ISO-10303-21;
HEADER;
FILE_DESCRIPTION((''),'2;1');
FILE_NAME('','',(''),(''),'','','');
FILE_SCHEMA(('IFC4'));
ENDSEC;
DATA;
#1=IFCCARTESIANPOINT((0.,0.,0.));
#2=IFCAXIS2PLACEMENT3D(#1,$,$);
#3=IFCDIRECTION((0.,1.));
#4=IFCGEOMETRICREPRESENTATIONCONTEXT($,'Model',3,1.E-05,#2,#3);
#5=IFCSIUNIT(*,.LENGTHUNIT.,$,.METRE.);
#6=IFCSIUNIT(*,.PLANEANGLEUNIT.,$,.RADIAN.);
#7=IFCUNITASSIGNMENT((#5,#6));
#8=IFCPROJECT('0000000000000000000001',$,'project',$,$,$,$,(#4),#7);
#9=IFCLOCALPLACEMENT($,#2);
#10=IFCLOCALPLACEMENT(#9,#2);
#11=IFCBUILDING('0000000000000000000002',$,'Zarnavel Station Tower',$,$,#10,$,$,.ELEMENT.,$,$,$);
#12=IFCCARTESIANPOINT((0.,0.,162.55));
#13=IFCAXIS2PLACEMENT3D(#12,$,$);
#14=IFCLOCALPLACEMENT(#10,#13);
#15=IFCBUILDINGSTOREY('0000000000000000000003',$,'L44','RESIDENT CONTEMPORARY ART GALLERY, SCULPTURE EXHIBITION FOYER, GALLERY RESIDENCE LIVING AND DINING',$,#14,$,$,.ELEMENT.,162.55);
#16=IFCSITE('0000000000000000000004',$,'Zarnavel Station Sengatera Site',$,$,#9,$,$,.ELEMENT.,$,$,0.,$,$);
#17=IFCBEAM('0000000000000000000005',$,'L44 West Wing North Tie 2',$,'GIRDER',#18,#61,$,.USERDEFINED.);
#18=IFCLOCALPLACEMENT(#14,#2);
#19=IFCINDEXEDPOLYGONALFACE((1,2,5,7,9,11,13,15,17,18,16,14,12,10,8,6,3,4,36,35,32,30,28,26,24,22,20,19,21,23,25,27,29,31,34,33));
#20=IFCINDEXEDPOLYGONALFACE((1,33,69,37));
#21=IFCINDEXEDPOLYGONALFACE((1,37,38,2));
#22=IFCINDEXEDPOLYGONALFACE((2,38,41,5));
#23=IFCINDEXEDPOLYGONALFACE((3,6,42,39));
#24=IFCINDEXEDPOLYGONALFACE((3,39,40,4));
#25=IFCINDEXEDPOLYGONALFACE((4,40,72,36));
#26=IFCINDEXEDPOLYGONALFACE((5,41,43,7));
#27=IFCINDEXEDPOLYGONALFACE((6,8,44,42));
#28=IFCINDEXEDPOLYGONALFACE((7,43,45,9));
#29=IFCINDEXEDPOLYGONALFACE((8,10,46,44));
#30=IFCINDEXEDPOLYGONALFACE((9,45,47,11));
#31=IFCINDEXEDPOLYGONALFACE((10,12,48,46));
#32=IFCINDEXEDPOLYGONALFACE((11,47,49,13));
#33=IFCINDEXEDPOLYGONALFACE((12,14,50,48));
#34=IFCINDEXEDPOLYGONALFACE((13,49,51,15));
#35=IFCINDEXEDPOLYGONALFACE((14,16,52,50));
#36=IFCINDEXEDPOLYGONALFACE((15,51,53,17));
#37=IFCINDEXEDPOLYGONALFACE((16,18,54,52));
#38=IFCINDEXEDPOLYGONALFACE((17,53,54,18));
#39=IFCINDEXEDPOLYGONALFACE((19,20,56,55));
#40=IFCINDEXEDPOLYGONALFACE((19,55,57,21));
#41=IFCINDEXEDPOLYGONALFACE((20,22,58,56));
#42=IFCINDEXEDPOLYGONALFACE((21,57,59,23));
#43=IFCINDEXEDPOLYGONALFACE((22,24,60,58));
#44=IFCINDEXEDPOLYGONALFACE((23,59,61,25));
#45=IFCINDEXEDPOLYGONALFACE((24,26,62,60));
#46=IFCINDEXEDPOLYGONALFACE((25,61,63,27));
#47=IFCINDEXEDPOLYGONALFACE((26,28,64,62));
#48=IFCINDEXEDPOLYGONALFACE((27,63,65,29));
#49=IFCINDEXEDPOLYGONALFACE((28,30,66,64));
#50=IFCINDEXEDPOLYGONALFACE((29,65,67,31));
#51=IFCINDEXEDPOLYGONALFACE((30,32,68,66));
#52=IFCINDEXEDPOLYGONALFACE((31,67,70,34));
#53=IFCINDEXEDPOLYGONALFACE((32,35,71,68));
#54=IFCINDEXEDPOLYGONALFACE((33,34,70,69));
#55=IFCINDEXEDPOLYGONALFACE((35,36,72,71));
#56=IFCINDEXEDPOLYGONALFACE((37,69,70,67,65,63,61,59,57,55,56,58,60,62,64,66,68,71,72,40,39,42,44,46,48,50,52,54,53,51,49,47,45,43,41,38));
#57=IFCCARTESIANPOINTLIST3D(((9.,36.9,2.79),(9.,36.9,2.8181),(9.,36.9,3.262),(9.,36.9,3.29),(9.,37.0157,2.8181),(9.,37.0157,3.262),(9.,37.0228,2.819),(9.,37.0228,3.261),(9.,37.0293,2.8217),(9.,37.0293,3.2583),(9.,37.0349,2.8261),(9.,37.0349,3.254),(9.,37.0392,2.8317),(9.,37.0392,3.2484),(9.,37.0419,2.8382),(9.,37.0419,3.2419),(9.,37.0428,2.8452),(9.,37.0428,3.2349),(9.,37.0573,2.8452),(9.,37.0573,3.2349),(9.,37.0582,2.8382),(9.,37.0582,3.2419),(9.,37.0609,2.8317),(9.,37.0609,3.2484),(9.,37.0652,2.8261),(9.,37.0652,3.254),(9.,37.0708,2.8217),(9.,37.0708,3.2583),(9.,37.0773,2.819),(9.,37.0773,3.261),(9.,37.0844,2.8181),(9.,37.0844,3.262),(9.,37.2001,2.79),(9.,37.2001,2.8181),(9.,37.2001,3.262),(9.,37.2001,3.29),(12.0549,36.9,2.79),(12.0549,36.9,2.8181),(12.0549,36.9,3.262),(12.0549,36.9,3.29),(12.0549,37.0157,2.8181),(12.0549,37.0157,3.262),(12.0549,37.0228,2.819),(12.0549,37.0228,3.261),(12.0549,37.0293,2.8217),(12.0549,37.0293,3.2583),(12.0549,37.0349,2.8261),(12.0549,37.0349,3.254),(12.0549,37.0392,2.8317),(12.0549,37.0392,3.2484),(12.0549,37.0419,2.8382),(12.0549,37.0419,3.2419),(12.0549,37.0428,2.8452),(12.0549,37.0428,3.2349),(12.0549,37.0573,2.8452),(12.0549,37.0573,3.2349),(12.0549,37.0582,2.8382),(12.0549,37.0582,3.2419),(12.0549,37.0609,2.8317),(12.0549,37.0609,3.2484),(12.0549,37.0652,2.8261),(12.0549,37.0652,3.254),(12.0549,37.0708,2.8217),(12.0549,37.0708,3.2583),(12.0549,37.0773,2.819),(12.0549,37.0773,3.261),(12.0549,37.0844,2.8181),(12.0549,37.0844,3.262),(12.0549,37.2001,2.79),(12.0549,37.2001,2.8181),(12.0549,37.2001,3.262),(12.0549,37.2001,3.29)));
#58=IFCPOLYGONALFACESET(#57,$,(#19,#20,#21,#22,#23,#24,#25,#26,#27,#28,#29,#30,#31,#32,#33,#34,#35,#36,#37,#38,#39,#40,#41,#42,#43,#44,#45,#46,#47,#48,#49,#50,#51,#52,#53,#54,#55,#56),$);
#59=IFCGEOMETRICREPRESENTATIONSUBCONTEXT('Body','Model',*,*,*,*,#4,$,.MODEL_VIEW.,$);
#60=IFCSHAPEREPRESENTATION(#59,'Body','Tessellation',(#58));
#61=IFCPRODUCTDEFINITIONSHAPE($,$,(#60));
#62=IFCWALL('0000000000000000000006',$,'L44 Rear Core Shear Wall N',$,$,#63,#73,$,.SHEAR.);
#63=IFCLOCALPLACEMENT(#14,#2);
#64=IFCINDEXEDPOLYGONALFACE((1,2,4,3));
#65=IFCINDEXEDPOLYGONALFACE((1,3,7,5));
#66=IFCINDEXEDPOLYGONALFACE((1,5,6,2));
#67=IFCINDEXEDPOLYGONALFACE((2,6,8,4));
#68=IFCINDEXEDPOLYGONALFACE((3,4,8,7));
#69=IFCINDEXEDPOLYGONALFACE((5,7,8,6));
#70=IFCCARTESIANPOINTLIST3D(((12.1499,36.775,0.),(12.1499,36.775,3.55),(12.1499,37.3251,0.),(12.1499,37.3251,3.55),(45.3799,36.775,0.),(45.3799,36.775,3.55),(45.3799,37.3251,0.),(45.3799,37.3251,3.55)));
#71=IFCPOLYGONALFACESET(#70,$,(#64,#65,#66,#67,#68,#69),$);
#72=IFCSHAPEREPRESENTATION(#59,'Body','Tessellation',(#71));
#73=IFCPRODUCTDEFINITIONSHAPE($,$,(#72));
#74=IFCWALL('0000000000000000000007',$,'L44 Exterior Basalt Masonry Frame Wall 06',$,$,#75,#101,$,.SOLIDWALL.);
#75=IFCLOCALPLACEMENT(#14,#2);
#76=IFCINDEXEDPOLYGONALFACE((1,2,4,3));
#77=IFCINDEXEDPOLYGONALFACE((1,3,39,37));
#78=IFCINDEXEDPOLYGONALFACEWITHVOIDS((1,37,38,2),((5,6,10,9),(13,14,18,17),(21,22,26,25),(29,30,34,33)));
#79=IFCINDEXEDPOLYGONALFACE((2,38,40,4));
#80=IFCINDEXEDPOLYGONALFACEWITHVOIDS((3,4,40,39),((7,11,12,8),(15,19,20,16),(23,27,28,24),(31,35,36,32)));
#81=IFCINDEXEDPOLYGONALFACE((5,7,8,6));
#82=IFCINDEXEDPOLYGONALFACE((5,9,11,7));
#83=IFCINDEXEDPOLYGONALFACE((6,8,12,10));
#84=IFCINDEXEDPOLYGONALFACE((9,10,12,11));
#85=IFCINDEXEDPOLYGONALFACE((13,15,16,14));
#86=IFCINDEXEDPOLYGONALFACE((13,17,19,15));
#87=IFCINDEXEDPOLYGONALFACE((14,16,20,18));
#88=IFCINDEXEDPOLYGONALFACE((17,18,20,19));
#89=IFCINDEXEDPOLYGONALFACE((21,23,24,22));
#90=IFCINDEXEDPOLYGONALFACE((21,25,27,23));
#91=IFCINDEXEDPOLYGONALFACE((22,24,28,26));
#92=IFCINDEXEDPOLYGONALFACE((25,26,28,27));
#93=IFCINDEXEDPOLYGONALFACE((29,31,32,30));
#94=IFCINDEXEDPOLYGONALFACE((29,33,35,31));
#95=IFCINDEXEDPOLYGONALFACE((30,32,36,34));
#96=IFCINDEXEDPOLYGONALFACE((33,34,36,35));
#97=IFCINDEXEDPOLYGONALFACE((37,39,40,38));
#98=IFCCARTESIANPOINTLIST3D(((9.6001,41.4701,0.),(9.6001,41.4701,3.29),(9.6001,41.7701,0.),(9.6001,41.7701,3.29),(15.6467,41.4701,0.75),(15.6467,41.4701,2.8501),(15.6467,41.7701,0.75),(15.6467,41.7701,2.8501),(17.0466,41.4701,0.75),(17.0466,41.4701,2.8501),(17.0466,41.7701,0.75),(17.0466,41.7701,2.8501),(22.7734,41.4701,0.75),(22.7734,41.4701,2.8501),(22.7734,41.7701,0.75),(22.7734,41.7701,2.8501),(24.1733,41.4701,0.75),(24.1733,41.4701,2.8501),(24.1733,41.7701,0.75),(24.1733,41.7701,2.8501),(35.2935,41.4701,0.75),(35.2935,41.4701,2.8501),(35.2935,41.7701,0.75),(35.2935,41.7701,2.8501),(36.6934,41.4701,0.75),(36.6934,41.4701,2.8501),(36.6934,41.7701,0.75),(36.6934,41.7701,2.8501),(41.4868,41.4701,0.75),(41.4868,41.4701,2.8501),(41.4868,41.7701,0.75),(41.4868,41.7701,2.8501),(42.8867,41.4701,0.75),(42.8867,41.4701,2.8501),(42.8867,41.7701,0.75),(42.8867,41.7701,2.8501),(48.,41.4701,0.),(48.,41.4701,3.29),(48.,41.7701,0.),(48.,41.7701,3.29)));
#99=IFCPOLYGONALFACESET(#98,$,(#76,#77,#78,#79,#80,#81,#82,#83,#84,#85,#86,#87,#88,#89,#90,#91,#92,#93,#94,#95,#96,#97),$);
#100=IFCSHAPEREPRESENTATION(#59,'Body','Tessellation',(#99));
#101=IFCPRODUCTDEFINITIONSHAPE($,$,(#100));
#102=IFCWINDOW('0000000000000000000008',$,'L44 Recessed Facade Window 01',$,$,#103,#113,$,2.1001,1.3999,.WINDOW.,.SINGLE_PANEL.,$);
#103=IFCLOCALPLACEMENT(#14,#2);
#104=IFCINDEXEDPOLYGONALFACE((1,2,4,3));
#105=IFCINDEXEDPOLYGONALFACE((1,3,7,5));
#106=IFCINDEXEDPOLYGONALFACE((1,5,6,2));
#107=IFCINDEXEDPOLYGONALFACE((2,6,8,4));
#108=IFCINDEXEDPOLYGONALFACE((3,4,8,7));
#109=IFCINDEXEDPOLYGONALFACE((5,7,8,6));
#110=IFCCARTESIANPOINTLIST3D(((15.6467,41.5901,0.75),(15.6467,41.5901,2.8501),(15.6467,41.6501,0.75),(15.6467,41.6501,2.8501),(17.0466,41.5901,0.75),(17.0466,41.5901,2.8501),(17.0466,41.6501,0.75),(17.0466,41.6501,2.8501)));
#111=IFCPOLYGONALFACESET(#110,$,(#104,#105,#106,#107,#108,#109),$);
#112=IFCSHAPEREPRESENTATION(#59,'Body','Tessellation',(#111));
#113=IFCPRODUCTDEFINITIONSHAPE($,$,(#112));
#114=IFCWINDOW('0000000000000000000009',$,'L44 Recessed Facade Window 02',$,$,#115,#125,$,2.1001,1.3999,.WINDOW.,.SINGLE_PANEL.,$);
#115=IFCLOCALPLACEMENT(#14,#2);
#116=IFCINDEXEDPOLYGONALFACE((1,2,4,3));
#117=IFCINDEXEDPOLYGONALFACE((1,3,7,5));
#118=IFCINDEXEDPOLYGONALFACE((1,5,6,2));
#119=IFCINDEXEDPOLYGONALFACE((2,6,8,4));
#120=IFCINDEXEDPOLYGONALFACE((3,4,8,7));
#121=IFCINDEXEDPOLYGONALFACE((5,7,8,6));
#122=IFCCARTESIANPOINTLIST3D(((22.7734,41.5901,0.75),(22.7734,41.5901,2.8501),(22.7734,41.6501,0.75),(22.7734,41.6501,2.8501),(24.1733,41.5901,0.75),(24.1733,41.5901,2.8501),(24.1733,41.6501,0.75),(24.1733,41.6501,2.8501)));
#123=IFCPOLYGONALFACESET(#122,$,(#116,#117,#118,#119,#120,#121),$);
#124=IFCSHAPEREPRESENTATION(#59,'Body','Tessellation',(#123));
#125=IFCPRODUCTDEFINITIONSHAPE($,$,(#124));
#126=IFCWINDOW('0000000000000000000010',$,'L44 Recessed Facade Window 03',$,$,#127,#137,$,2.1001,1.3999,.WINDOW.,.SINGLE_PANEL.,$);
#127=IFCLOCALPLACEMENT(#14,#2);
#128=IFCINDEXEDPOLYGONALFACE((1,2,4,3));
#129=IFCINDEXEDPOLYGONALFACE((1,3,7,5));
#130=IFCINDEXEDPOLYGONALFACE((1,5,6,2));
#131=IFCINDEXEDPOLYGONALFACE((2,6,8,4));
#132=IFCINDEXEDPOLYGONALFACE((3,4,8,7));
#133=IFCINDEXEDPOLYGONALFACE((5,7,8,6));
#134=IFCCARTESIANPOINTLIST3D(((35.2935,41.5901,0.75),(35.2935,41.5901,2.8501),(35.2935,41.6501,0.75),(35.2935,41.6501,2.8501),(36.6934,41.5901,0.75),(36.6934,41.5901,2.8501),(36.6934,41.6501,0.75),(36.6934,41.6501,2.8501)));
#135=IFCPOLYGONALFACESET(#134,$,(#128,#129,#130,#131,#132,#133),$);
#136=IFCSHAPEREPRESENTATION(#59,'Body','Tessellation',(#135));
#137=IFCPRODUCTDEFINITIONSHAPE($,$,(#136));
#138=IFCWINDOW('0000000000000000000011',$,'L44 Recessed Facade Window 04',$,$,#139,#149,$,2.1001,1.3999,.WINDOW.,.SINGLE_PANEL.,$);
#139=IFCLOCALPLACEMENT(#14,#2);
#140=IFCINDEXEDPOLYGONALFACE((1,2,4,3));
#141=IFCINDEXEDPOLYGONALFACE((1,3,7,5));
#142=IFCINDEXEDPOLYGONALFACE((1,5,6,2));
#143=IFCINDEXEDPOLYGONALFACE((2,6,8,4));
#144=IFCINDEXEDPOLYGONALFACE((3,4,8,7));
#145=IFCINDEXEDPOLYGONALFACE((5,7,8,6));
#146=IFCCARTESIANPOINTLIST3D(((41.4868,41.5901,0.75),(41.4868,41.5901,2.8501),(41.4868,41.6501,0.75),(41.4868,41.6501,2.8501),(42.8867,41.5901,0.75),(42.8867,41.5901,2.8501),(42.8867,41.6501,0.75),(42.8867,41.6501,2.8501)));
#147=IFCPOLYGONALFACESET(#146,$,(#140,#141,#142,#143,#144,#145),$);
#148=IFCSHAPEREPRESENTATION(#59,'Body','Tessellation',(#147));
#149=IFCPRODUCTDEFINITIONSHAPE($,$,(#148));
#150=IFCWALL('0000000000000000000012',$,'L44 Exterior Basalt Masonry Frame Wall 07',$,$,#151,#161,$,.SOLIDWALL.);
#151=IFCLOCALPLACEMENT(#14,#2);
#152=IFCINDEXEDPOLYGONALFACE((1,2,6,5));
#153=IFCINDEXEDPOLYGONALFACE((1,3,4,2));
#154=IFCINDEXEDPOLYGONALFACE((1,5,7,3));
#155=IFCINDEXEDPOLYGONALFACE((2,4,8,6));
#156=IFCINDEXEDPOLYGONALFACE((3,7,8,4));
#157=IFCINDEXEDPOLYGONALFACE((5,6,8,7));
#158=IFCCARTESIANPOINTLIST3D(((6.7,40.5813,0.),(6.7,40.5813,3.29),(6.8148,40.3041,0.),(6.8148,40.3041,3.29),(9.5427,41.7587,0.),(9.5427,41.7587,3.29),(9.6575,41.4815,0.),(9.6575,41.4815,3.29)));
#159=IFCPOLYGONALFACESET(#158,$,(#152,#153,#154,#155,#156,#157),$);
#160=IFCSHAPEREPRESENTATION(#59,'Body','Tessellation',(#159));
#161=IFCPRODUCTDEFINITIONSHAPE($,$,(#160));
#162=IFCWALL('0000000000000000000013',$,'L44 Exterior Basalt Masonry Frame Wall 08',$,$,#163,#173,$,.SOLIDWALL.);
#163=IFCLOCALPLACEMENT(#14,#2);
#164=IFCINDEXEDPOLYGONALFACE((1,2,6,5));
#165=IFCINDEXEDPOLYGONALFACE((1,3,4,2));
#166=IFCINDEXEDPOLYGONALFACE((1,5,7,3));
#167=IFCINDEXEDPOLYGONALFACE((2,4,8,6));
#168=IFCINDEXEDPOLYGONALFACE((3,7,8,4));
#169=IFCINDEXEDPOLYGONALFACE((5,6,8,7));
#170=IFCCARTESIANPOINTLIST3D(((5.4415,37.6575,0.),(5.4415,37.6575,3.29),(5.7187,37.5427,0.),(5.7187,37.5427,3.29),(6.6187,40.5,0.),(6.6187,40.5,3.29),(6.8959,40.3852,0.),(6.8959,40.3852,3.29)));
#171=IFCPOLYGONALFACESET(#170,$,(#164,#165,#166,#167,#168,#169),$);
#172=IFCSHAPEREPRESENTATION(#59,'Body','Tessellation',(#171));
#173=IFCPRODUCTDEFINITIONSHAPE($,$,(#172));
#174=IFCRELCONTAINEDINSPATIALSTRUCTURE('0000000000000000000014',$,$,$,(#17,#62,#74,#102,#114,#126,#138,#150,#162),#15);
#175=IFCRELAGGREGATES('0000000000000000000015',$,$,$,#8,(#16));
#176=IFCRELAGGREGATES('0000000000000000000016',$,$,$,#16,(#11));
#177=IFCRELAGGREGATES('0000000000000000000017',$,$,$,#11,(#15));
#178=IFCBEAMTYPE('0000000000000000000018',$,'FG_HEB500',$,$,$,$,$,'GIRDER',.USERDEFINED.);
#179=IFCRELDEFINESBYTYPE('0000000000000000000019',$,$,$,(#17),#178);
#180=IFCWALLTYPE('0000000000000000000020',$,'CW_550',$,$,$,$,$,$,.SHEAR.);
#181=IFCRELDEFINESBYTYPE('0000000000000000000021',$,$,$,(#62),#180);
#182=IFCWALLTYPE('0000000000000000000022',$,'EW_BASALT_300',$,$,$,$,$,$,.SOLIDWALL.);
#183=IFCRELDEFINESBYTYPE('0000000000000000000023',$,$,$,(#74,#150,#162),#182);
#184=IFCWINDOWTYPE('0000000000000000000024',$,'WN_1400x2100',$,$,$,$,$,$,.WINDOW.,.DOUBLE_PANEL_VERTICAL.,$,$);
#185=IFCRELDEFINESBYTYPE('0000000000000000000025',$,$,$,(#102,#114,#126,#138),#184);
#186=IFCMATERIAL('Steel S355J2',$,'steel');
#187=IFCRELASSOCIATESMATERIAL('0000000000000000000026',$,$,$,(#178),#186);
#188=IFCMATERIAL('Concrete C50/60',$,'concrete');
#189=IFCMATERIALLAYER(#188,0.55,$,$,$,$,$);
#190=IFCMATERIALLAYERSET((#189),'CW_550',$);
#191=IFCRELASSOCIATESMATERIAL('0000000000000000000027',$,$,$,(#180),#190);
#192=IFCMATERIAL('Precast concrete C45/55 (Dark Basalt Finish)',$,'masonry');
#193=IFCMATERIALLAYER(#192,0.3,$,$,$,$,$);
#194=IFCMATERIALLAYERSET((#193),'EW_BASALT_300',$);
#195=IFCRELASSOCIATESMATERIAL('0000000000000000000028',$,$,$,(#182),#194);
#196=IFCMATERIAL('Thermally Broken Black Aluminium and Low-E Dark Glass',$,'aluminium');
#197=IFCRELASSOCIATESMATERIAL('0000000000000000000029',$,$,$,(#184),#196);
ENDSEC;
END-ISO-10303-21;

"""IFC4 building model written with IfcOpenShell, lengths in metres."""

from ifc_helpers import new_model, si_unit, direction, frame, frame_2d, origin, origin_2d, place, context, subcontext, project, spatial, rectangle, i_section, extrude, material, layer, layer_set, material_profile, profile_set, type_object, element, fill, save


model = new_model("IFC4")

# Units and contexts
model_context = context("Model", 3, precision=1e-05, world=origin(), true_north=direction((0.0, 1.0)))
body_context = subcontext(model_context, "Body", "Model", "MODEL_VIEW")
ifc_project = project(units=[si_unit("LENGTHUNIT", "METRE"), si_unit("PLANEANGLEUNIT", "RADIAN")], contexts=[model_context])

# Site, building, storey
site_placement = place(None, origin())
site = spatial("IfcSite", under=ifc_project, at=site_placement, Name="Zarnavel Station Sengatera Site", CompositionType="ELEMENT", RefElevation=0.0)
building_placement = place(site_placement, origin())
building = spatial("IfcBuilding", under=site, at=building_placement, Name="Zarnavel Station Tower", CompositionType="ELEMENT")
storey_placement = place(building_placement, frame((0.0, 0.0, 162.55)))
storey = spatial("IfcBuildingStorey", under=building, at=storey_placement, Name="L44", Description="RESIDENT CONTEMPORARY ART GALLERY, SCULPTURE EXHIBITION FOYER, GALLERY RESIDENCE LIVING AND DINING", CompositionType="ELEMENT", Elevation=162.55)

# Beam
ifc_material_1 = material(Name="Steel S355J2", Category="steel")
ifc_material_profile_1 = material_profile(ifc_material_1, i_section(OverallWidth=0.3, OverallDepth=0.5, WebThickness=0.0144, FlangeThickness=0.0281, FilletRadius=0.0271, at=origin_2d()), Name="HEB500")
ifc_profile_set_1 = profile_set([ifc_material_profile_1], Name="Steel S355J2")
beam_type = type_object("IfcBeamType", Name="FG_HEB500", ElementType="GIRDER", PredefinedType="USERDEFINED", material=ifc_profile_set_1)
beam_1_placement = place(storey_placement, frame((9.0, 37.05, 3.04), z_axis=(1.0, 0.0, 0.0), x_axis=(0.0, 1.0, 0.0)))
element("IfcBeam", 1, at=beam_1_placement, inside=storey, type_object=beam_type, Name="L44 West Wing North Tie 2", ObjectType="GIRDER", PredefinedType="USERDEFINED", context=body_context, shape_type="SweptSolid", body=[
    extrude(i_section(OverallWidth=0.3, OverallDepth=0.5, WebThickness=0.0144, FlangeThickness=0.0281, FilletRadius=0.0271, at=origin_2d()), origin(), (0.0, 0.0, 1.0), 3.0549),
])

# Wall
ifc_material_2 = material(Name="Concrete C50/60", Category="concrete")
ifc_layer_1 = layer(ifc_material_2, 0.55)
ifc_layer_set_1 = layer_set([ifc_layer_1], Name="CW_550")
wall_type_1 = type_object("IfcWallType", Name="CW_550", PredefinedType="SHEAR", material=ifc_layer_set_1)
wall_1_placement = place(storey_placement, frame((12.1499, 37.05, 0.0), z_axis=(0.0, 0.0, 1.0), x_axis=(1.0, 0.0, 0.0)))
element("IfcWall", 2, at=wall_1_placement, inside=storey, type_object=wall_type_1, Name="L44 Rear Core Shear Wall N", PredefinedType="SHEAR", context=body_context, shape_type="SweptSolid", body=[
    extrude(rectangle(XDim=33.23, YDim=0.55, at=frame_2d((16.615, 0.0))), origin(), (0.0, 0.0, 1.0), 3.55),
])

# Wall, openings, windows
ifc_material_3 = material(Name="Precast concrete C45/55 (Dark Basalt Finish)", Category="masonry")
ifc_layer_2 = layer(ifc_material_3, 0.3)
ifc_layer_set_2 = layer_set([ifc_layer_2], Name="EW_BASALT_300")
wall_type_2 = type_object("IfcWallType", Name="EW_BASALT_300", PredefinedType="SOLIDWALL", material=ifc_layer_set_2)
wall_2_placement = place(storey_placement, frame((9.6001, 41.6201, 0.0), z_axis=(0.0, 0.0, 1.0), x_axis=(1.0, 0.0, 0.0)))
wall_2 = element("IfcWall", 3, at=wall_2_placement, inside=storey, type_object=wall_type_2, Name="L44 Exterior Basalt Masonry Frame Wall 06", PredefinedType="SOLIDWALL", context=body_context, shape_type="SweptSolid", body=[
    extrude(rectangle(XDim=38.3999, YDim=0.3, at=frame_2d((19.2, 0.0))), origin(), (0.0, 0.0, 1.0), 3.29),
])
opening_1_placement = place(wall_2_placement, frame((6.0466, 0.0, 0.75)))
opening_1 = element("IfcOpeningElement", 4, at=opening_1_placement, cuts=wall_2, PredefinedType="OPENING", context=body_context, shape_type="SweptSolid", body=[
    extrude(rectangle(XDim=1.3999, YDim=2.1001, at=frame_2d((0.7, 1.05))), frame((0.0, 0.1599, 0.0), z_axis=(0.0, -1.0, 0.0), x_axis=(1.0, 0.0, 0.0)), (0.0, 0.0, 1.0), 0.3201),
])
opening_2_placement = place(wall_2_placement, frame((13.1733, 0.0, 0.75)))
opening_2 = element("IfcOpeningElement", 5, at=opening_2_placement, cuts=wall_2, PredefinedType="OPENING", context=body_context, shape_type="SweptSolid", body=[
    extrude(rectangle(XDim=1.3999, YDim=2.1001, at=frame_2d((0.7, 1.05))), frame((0.0, 0.1599, 0.0), z_axis=(0.0, -1.0, 0.0), x_axis=(1.0, 0.0, 0.0)), (0.0, 0.0, 1.0), 0.3201),
])
opening_3_placement = place(wall_2_placement, frame((25.6934, 0.0, 0.75)))
opening_3 = element("IfcOpeningElement", 6, at=opening_3_placement, cuts=wall_2, PredefinedType="OPENING", context=body_context, shape_type="SweptSolid", body=[
    extrude(rectangle(XDim=1.3999, YDim=2.1001, at=frame_2d((0.7, 1.05))), frame((0.0, 0.1599, 0.0), z_axis=(0.0, -1.0, 0.0), x_axis=(1.0, 0.0, 0.0)), (0.0, 0.0, 1.0), 0.3201),
])
opening_4_placement = place(wall_2_placement, frame((31.8867, 0.0, 0.75)))
opening_4 = element("IfcOpeningElement", 7, at=opening_4_placement, cuts=wall_2, PredefinedType="OPENING", context=body_context, shape_type="SweptSolid", body=[
    extrude(rectangle(XDim=1.3999, YDim=2.1001, at=frame_2d((0.7, 1.05))), frame((0.0, 0.1599, 0.0), z_axis=(0.0, -1.0, 0.0), x_axis=(1.0, 0.0, 0.0)), (0.0, 0.0, 1.0), 0.3201),
])
ifc_material_4 = material(Name="Thermally Broken Black Aluminium and Low-E Dark Glass", Category="aluminium")
window_type = type_object("IfcWindowType", Name="WN_1400x2100", PartitioningType="DOUBLE_PANEL_VERTICAL", PredefinedType="WINDOW", material=ifc_material_4)
window_1_placement = place(opening_1_placement, origin())
window_1 = element("IfcWindow", 8, at=window_1_placement, inside=storey, type_object=window_type, Name="L44 Recessed Facade Window 01", OverallHeight=2.1001, OverallWidth=1.3999, PartitioningType="SINGLE_PANEL", PredefinedType="WINDOW", context=body_context, shape_type="SweptSolid", body=[
    extrude(rectangle(XDim=1.3999, YDim=2.1001, at=frame_2d((0.7, 1.05))), frame((0.0, 0.03, 0.0), z_axis=(0.0, -1.0, 0.0), x_axis=(1.0, 0.0, 0.0)), (0.0, 0.0, 1.0), 0.0601),
])
fill(opening_1, window_1)
window_2_placement = place(opening_2_placement, origin())
window_2 = element("IfcWindow", 9, at=window_2_placement, inside=storey, type_object=window_type, Name="L44 Recessed Facade Window 02", OverallHeight=2.1001, OverallWidth=1.3999, PartitioningType="SINGLE_PANEL", PredefinedType="WINDOW", context=body_context, shape_type="SweptSolid", body=[
    extrude(rectangle(XDim=1.3999, YDim=2.1001, at=frame_2d((0.7, 1.05))), frame((0.0, 0.03, 0.0), z_axis=(0.0, -1.0, 0.0), x_axis=(1.0, 0.0, 0.0)), (0.0, 0.0, 1.0), 0.0601),
])
fill(opening_2, window_2)
window_3_placement = place(opening_3_placement, origin())
window_3 = element("IfcWindow", 10, at=window_3_placement, inside=storey, type_object=window_type, Name="L44 Recessed Facade Window 03", OverallHeight=2.1001, OverallWidth=1.3999, PartitioningType="SINGLE_PANEL", PredefinedType="WINDOW", context=body_context, shape_type="SweptSolid", body=[
    extrude(rectangle(XDim=1.3999, YDim=2.1001, at=frame_2d((0.7, 1.05))), frame((0.0, 0.03, 0.0), z_axis=(0.0, -1.0, 0.0), x_axis=(1.0, 0.0, 0.0)), (0.0, 0.0, 1.0), 0.0601),
])
fill(opening_3, window_3)
window_4_placement = place(opening_4_placement, origin())
window_4 = element("IfcWindow", 11, at=window_4_placement, inside=storey, type_object=window_type, Name="L44 Recessed Facade Window 04", OverallHeight=2.1001, OverallWidth=1.3999, PartitioningType="SINGLE_PANEL", PredefinedType="WINDOW", context=body_context, shape_type="SweptSolid", body=[
    extrude(rectangle(XDim=1.3999, YDim=2.1001, at=frame_2d((0.7, 1.05))), frame((0.0, 0.03, 0.0), z_axis=(0.0, -1.0, 0.0), x_axis=(1.0, 0.0, 0.0)), (0.0, 0.0, 1.0), 0.0601),
])
fill(opening_4, window_4)

# Walls
wall_3_placement = place(storey_placement, frame((6.7573, 40.4426, 0.0), z_axis=(0.0, 0.0, 1.0), x_axis=(0.923882, 0.382676, 0.0)))
element("IfcWall", 12, at=wall_3_placement, inside=storey, type_object=wall_type_2, Name="L44 Exterior Basalt Masonry Frame Wall 07", PredefinedType="SOLIDWALL", context=body_context, shape_type="SweptSolid", body=[
    extrude(rectangle(XDim=3.0769, YDim=0.3, at=frame_2d((1.5386, 0.0))), origin(), (0.0, 0.0, 1.0), 3.29),
])
wall_4_placement = place(storey_placement, frame((5.5801, 37.6001, 0.0), z_axis=(0.0, 0.0, 1.0), x_axis=(0.382637, 0.923899, 0.0)))
element("IfcWall", 13, at=wall_4_placement, inside=storey, type_object=wall_type_2, Name="L44 Exterior Basalt Masonry Frame Wall 08", PredefinedType="SOLIDWALL", context=body_context, shape_type="SweptSolid", body=[
    extrude(rectangle(XDim=3.0767, YDim=0.3, at=frame_2d((1.5383, 0.0))), origin(), (0.0, 0.0, 1.0), 3.29),
])

save(model, "model.ifc")
